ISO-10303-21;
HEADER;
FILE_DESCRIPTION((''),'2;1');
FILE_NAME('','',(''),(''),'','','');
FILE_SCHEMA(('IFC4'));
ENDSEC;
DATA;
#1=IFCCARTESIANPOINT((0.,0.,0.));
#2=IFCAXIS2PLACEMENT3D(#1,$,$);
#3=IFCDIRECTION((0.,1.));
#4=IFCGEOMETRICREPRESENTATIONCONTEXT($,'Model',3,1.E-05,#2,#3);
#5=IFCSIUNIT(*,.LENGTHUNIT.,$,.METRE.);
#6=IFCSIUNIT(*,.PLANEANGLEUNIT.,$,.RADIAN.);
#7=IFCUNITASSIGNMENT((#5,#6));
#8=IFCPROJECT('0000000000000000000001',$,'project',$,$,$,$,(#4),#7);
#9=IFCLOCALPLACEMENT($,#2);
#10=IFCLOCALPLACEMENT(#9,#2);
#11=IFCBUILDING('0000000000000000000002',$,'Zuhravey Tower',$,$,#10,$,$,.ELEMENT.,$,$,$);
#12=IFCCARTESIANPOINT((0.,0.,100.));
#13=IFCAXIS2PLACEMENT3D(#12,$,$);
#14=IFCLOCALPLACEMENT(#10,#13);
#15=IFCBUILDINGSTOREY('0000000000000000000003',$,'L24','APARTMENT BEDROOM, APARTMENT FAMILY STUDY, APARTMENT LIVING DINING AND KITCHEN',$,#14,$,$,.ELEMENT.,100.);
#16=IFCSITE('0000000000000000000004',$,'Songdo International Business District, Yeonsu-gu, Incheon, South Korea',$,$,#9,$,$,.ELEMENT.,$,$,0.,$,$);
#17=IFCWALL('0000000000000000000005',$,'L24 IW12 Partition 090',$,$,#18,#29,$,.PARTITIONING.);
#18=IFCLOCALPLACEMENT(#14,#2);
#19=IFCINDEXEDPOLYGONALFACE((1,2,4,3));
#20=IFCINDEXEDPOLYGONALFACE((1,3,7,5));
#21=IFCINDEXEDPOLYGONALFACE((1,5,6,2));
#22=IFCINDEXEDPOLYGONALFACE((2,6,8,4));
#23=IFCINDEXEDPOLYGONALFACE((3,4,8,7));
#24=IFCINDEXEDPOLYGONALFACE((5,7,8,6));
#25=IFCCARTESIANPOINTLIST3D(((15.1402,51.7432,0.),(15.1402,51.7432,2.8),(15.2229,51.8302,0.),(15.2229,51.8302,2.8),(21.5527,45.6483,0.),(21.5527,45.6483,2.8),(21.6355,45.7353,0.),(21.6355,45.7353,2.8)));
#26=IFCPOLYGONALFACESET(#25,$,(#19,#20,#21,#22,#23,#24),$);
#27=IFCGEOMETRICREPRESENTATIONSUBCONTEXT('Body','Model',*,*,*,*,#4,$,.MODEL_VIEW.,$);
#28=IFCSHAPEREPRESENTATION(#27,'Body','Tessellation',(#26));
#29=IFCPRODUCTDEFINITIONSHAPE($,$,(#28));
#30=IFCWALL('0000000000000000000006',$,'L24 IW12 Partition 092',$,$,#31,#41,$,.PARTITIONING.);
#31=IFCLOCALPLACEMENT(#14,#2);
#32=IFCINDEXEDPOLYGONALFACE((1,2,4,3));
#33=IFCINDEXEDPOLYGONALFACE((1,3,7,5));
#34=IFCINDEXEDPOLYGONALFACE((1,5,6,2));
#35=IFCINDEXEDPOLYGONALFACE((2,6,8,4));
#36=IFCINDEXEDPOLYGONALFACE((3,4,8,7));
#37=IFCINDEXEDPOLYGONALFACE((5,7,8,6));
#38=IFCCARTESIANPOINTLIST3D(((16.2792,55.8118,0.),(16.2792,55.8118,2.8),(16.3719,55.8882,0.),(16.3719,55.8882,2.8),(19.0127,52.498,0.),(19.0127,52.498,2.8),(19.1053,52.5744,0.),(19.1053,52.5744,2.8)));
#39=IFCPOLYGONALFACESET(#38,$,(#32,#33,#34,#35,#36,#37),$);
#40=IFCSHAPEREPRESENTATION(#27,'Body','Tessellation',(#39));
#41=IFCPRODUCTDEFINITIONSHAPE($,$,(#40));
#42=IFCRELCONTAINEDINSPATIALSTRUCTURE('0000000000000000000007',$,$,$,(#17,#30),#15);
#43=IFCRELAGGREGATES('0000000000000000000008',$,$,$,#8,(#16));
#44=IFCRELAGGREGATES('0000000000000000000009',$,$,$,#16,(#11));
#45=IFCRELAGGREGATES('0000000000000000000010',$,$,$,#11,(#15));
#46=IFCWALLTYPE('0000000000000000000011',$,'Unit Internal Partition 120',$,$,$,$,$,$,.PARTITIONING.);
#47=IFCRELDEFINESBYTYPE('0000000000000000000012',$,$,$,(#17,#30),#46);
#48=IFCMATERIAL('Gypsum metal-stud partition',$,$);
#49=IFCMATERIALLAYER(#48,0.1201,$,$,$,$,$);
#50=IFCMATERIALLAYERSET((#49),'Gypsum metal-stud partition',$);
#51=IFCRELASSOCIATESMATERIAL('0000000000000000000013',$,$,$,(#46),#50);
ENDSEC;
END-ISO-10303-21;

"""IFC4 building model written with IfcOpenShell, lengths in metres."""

from ifc_helpers import new_model, si_unit, direction, frame, frame_2d, origin, place, context, subcontext, project, spatial, rectangle, extrude, material, layer, layer_set, type_object, element, save


model = new_model("IFC4")

# Units and contexts
model_context = context("Model", 3, precision=1e-05, world=origin(), true_north=direction((0.0, 1.0)))
body_context = subcontext(model_context, "Body", "Model", "MODEL_VIEW")
ifc_project = project(units=[si_unit("LENGTHUNIT", "METRE"), si_unit("PLANEANGLEUNIT", "RADIAN")], contexts=[model_context])

# Site, building, storey
site_placement = place(None, origin())
site = spatial("IfcSite", under=ifc_project, at=site_placement, Name="Songdo International Business District, Yeonsu-gu, Incheon, South Korea", CompositionType="ELEMENT", RefElevation=0.0)
building_placement = place(site_placement, origin())
building = spatial("IfcBuilding", under=site, at=building_placement, Name="Zuhravey Tower", CompositionType="ELEMENT")
storey_placement = place(building_placement, frame((0.0, 0.0, 100.0)))
storey = spatial("IfcBuildingStorey", under=building, at=storey_placement, Name="L24", Description="APARTMENT BEDROOM, APARTMENT FAMILY STUDY, APARTMENT LIVING DINING AND KITCHEN", CompositionType="ELEMENT", Elevation=100.0)

# Shared definitions
ifc_material_1 = material(Name="Gypsum metal-stud partition")
ifc_layer_1 = layer(ifc_material_1, 0.1201)
ifc_layer_set_1 = layer_set([ifc_layer_1], Name="Gypsum metal-stud partition")
wall_type_1 = type_object("IfcWallType", Name="Unit Internal Partition 120", PredefinedType="PARTITIONING", material=ifc_layer_set_1)

# Walls
wall_1_placement = place(storey_placement, frame((21.594, 45.6919, 0.0), z_axis=(0.0, 0.0, 1.0), x_axis=(-0.72483, 0.688928, 0.0)))
element("IfcWall", 1, at=wall_1_placement, inside=storey, type_object=wall_type_1, Name="L24 IW12 Partition 090", PredefinedType="PARTITIONING", context=body_context, shape_type="SweptSolid", body=[
    extrude(rectangle(XDim=8.8469, YDim=0.1201, at=frame_2d((4.4233, 0.0))), origin(), (0.0, 0.0, 1.0), 2.8),
])
wall_2_placement = place(storey_placement, frame((19.0591, 52.5361, 0.0), z_axis=(0.0, 0.0, 1.0), x_axis=(-0.636325, 0.771421, 0.0)))
element("IfcWall", 2, at=wall_2_placement, inside=storey, type_object=wall_type_1, Name="L24 IW12 Partition 092", PredefinedType="PARTITIONING", context=body_context, shape_type="SweptSolid", body=[
    extrude(rectangle(XDim=4.2957, YDim=0.1201, at=frame_2d((2.1479, 0.0))), origin(), (0.0, 0.0, 1.0), 2.8),
])

save(model, "model.ifc")
